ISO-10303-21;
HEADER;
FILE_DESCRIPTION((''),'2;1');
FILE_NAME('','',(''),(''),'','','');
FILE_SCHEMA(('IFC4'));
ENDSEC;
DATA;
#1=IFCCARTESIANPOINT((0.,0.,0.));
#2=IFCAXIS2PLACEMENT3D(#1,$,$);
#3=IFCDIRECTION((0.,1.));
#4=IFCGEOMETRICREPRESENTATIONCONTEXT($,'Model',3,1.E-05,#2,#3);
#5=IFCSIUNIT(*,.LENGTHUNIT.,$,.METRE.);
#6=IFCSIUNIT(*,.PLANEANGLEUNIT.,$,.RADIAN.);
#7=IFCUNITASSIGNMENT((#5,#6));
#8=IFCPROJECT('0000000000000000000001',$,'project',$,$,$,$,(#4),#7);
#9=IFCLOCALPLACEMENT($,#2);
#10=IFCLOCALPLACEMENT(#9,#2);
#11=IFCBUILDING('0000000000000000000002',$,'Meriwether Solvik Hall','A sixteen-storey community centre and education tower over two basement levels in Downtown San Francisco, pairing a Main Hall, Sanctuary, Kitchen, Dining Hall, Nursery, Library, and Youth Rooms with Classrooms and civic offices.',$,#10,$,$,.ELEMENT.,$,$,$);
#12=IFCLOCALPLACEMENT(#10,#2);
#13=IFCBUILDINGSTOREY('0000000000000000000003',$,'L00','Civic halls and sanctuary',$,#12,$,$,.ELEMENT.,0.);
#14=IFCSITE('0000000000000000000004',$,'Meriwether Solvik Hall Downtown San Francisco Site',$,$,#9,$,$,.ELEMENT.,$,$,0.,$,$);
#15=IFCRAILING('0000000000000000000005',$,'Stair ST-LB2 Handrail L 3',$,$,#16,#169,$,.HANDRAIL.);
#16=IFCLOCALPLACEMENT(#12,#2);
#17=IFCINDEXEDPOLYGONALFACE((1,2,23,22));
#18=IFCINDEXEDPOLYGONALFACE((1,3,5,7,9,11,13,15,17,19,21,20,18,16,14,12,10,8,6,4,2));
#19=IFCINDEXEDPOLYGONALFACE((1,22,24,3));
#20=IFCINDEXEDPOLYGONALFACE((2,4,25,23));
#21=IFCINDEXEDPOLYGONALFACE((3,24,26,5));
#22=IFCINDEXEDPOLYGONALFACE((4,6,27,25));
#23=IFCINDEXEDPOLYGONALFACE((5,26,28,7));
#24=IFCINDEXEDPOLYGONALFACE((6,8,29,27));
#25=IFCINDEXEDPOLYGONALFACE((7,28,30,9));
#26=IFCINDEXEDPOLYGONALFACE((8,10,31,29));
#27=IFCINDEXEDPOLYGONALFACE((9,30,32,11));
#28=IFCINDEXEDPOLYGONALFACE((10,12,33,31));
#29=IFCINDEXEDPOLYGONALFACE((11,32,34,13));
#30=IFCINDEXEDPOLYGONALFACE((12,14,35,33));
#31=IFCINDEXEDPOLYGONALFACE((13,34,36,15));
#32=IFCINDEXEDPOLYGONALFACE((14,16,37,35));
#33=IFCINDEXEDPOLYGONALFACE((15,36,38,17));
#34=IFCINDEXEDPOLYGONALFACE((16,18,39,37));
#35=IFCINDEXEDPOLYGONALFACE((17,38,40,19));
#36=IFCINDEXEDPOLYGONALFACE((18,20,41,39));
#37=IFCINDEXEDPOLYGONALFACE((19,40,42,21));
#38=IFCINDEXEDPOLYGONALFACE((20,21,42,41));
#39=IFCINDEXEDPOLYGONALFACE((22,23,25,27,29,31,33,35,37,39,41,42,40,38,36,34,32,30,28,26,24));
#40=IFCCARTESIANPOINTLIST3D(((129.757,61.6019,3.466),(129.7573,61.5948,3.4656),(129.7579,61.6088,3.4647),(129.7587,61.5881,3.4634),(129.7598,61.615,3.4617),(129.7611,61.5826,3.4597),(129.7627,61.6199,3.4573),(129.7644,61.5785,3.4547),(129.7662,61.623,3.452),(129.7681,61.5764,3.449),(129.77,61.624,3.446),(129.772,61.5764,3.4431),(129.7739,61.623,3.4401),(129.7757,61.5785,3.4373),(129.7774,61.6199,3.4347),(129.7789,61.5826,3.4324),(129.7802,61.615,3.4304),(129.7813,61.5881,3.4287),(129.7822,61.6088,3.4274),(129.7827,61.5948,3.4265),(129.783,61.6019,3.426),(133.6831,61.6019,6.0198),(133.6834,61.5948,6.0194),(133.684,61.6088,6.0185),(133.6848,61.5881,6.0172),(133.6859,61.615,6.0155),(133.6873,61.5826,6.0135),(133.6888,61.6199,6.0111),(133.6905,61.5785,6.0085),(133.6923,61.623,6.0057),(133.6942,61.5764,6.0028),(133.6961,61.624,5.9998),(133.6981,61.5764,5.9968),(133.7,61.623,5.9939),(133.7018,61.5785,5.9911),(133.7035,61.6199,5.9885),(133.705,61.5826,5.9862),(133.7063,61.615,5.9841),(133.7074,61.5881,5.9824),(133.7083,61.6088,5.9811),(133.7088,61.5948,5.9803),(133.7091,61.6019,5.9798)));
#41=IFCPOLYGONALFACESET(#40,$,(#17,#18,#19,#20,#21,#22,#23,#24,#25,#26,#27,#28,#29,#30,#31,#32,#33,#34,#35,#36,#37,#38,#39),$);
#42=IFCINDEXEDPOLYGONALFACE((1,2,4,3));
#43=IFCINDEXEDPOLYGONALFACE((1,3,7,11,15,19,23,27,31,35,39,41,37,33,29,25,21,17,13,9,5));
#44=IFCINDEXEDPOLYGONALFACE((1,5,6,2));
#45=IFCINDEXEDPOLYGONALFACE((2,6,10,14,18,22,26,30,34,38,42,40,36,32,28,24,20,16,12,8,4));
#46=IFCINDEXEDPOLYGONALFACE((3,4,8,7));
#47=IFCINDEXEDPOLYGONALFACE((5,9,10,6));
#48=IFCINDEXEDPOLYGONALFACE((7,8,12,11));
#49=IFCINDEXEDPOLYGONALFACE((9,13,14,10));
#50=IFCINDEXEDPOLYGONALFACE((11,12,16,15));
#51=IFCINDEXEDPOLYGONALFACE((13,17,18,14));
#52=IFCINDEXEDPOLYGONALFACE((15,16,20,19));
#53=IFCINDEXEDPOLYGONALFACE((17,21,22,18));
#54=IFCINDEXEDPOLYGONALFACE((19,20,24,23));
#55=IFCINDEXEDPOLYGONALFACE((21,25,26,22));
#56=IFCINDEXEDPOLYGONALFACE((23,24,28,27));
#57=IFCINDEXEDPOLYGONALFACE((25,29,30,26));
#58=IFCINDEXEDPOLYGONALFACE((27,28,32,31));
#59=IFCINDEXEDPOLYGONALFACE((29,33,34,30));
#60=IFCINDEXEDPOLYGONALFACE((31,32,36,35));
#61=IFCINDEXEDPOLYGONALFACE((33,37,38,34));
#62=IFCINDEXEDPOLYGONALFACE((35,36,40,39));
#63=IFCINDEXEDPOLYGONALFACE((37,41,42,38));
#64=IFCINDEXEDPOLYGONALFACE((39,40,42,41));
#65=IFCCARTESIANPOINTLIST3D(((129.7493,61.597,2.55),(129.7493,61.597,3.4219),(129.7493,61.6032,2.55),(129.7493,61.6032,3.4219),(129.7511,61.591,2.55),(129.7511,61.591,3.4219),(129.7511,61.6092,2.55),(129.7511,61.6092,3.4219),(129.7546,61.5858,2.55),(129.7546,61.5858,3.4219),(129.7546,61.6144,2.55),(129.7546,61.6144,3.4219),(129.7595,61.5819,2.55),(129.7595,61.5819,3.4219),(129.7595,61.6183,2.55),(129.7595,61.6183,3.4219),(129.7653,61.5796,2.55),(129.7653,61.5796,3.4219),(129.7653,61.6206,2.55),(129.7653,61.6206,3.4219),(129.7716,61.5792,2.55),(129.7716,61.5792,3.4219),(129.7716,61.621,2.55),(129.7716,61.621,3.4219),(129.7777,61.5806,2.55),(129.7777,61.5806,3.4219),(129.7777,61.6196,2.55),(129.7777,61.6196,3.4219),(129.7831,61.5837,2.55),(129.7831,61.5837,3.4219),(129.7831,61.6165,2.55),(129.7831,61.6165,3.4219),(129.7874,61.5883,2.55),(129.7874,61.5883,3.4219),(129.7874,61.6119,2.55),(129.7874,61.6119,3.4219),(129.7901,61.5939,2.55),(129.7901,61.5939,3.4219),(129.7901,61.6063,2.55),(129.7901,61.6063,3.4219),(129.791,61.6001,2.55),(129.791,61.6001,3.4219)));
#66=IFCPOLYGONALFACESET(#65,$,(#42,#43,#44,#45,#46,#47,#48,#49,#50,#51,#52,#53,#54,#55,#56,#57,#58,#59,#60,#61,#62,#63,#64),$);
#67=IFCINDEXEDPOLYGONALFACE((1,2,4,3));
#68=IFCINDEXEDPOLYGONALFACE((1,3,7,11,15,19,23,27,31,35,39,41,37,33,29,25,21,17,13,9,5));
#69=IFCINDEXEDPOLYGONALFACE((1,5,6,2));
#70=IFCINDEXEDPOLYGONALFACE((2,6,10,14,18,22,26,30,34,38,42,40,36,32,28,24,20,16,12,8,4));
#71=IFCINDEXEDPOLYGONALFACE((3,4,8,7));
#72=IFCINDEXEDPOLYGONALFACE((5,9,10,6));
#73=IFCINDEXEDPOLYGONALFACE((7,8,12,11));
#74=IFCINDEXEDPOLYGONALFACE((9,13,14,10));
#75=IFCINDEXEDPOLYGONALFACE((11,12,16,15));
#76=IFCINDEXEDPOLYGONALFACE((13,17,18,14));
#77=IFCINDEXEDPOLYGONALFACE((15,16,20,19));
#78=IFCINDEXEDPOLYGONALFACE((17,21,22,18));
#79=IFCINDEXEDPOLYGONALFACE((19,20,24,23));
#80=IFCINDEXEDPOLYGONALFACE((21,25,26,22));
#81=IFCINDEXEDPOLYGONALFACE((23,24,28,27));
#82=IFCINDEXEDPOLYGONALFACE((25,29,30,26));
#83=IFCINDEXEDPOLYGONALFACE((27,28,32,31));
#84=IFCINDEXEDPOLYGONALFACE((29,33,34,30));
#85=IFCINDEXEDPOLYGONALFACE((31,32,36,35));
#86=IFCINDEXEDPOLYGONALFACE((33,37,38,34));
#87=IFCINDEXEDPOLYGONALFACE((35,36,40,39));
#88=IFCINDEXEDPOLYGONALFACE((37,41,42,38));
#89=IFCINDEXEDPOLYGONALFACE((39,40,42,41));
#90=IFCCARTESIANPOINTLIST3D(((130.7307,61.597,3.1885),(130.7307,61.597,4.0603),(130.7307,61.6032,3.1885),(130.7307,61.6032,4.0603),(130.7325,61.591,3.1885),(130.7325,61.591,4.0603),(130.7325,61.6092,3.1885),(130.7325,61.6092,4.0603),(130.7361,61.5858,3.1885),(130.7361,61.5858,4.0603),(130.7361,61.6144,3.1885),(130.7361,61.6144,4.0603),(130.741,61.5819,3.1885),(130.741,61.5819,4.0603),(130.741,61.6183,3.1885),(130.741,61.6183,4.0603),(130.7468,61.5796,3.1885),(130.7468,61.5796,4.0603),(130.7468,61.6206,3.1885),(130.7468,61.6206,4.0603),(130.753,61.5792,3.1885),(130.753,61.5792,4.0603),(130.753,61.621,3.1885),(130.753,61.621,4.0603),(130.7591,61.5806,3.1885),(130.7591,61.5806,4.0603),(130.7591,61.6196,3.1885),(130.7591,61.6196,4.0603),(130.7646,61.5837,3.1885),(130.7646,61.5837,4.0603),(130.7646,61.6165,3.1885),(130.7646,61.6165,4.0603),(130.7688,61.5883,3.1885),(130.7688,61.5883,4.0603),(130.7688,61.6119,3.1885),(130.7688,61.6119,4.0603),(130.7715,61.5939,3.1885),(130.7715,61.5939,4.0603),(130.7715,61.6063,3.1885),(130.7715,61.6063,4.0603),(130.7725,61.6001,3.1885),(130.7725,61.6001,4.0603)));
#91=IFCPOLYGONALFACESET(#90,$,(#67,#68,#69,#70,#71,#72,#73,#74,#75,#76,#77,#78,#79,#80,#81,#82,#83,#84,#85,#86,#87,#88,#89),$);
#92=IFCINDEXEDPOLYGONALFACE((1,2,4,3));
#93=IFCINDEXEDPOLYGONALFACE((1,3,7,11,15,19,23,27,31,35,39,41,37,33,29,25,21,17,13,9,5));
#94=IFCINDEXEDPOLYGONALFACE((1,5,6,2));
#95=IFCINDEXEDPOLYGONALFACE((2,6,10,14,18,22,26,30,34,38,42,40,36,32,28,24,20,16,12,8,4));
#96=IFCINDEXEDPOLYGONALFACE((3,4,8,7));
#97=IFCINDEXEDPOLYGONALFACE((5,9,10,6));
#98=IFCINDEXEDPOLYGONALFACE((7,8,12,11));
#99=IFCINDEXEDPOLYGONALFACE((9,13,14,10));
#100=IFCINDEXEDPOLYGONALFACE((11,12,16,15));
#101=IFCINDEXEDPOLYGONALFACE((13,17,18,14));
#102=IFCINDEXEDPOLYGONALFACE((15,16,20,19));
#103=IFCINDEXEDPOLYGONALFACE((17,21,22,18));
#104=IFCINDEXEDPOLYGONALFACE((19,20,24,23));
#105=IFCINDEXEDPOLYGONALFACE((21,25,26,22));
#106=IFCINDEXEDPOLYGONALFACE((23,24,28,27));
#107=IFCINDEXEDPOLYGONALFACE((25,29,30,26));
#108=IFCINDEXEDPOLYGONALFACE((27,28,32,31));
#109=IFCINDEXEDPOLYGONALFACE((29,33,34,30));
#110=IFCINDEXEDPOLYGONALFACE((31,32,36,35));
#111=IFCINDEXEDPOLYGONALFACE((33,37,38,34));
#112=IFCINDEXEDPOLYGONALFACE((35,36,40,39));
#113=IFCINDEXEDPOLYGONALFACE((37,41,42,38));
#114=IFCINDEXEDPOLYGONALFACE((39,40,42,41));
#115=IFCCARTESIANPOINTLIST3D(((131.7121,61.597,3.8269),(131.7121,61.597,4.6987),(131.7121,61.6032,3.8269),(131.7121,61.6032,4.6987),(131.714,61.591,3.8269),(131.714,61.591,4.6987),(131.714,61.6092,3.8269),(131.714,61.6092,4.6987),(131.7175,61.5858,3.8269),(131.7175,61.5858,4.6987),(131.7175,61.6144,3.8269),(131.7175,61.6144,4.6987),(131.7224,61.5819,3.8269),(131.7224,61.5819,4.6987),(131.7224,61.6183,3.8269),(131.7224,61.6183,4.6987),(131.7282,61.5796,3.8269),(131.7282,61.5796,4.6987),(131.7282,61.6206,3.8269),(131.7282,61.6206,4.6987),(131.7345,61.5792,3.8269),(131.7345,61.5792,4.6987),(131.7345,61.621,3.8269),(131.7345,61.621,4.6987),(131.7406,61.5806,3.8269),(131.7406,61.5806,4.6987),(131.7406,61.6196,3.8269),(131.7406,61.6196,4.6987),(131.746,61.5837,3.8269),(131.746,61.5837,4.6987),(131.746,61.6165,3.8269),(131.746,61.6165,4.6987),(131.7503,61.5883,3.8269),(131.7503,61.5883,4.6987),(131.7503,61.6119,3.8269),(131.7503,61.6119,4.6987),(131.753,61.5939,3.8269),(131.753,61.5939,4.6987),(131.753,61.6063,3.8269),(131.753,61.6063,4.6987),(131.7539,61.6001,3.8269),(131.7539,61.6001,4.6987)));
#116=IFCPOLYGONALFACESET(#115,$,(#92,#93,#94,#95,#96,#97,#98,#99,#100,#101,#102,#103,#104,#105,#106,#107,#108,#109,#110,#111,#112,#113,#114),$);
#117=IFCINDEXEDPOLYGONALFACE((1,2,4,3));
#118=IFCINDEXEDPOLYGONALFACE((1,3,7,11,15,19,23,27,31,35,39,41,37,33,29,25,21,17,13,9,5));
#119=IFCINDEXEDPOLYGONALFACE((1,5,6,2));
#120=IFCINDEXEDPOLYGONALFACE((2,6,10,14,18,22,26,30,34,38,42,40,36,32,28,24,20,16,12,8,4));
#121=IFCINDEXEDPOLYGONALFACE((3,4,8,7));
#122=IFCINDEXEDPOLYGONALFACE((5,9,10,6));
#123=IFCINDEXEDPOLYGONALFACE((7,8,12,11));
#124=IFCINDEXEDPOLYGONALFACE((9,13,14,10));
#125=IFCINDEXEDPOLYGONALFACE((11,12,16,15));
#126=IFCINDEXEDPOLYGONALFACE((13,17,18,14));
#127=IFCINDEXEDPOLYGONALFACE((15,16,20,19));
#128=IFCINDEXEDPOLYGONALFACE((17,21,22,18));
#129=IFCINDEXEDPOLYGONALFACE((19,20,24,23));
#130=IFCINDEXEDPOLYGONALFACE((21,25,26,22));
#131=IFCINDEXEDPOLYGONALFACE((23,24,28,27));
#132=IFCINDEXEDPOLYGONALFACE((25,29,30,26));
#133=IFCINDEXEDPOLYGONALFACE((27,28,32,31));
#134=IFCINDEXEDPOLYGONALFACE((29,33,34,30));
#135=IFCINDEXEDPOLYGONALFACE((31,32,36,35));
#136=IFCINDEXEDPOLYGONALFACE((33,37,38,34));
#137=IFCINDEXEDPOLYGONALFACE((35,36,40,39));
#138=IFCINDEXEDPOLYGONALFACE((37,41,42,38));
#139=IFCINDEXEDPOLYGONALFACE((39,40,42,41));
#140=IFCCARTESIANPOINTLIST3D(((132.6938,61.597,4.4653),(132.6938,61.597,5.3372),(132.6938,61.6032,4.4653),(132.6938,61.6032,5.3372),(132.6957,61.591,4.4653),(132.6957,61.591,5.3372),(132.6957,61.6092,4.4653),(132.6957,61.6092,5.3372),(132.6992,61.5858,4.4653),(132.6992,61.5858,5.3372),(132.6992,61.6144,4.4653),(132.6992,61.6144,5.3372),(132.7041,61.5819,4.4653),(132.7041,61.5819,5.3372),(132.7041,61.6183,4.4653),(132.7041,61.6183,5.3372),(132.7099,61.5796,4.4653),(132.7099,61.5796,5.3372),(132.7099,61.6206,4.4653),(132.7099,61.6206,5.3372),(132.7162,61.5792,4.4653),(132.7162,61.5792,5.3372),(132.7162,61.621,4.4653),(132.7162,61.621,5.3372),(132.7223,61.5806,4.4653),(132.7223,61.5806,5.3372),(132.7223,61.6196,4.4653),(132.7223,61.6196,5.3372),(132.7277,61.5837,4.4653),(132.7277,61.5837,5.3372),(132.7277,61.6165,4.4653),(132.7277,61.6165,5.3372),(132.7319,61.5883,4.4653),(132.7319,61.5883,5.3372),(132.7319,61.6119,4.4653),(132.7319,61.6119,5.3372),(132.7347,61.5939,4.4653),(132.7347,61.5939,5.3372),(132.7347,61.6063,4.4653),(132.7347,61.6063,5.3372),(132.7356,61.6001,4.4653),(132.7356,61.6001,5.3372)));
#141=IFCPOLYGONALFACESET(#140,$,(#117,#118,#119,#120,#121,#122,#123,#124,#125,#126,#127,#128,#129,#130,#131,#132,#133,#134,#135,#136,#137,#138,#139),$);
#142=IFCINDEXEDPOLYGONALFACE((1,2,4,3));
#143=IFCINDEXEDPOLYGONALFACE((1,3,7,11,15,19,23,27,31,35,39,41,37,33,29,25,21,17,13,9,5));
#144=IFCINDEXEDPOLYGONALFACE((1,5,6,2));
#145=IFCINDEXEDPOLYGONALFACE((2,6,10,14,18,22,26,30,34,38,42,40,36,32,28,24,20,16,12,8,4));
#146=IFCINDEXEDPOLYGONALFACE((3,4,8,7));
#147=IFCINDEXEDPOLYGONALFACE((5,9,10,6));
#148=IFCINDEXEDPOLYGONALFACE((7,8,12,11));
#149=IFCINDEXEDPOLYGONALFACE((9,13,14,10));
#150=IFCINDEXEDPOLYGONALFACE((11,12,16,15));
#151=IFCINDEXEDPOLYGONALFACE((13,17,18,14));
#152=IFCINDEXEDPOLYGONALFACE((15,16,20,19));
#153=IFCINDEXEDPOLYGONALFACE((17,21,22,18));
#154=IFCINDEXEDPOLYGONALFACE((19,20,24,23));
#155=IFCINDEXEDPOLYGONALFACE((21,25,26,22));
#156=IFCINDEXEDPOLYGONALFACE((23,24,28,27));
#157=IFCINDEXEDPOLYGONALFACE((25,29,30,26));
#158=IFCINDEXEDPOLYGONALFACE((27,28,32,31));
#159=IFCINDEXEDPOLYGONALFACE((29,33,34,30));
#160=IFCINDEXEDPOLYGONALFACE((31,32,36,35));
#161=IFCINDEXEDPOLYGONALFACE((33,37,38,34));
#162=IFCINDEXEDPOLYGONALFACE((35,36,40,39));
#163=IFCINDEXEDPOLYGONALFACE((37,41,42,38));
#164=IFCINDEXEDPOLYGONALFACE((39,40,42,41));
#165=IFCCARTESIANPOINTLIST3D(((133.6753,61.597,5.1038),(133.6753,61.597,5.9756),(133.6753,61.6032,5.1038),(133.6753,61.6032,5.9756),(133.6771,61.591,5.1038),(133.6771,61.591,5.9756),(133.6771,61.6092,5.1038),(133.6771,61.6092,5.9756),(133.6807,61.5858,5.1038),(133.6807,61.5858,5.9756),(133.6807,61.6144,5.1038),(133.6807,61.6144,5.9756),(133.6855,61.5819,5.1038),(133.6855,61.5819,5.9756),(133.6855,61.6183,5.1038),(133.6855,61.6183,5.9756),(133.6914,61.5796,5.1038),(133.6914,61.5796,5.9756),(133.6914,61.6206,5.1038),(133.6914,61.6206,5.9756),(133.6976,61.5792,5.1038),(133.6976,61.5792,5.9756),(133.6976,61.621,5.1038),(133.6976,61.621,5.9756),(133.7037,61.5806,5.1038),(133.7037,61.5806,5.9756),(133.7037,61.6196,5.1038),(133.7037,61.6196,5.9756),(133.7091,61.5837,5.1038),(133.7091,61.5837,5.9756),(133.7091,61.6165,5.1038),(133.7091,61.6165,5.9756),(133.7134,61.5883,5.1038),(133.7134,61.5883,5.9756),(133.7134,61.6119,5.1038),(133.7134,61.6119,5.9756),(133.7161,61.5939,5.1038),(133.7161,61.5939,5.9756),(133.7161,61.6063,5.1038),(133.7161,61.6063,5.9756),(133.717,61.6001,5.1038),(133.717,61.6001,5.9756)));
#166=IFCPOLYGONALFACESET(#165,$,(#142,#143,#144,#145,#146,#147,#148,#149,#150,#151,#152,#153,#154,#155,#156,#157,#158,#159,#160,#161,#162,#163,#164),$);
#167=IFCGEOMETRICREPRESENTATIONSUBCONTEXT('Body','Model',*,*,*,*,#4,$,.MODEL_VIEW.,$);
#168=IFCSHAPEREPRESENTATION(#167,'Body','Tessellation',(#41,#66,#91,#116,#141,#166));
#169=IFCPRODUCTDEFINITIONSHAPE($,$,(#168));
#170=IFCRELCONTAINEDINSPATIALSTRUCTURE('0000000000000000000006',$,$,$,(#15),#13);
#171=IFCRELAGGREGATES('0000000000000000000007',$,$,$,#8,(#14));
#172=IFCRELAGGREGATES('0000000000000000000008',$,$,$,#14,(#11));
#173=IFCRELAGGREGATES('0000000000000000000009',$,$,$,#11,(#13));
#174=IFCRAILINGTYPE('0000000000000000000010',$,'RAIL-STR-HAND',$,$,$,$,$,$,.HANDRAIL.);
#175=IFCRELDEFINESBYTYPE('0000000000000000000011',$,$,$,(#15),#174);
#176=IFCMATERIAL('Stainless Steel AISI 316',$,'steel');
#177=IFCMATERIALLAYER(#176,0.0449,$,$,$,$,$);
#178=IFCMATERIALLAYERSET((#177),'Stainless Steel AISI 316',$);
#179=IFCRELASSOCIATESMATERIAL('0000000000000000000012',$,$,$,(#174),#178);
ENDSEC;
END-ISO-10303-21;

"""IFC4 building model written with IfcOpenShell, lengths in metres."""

from ifc_helpers import new_model, si_unit, direction, frame, origin, origin_2d, place, context, subcontext, project, spatial, circle, extrude, material, layer, layer_set, type_object, element, save


model = new_model("IFC4")

# Units and contexts
model_context = context("Model", 3, precision=1e-05, world=origin(), true_north=direction((0.0, 1.0)))
body_context = subcontext(model_context, "Body", "Model", "MODEL_VIEW")
ifc_project = project(units=[si_unit("LENGTHUNIT", "METRE"), si_unit("PLANEANGLEUNIT", "RADIAN")], contexts=[model_context])

# Site, building, storey
site_placement = place(None, origin())
site = spatial("IfcSite", under=ifc_project, at=site_placement, Name="Meriwether Solvik Hall Downtown San Francisco Site", CompositionType="ELEMENT", RefElevation=0.0)
building_placement = place(site_placement, origin())
building = spatial("IfcBuilding", under=site, at=building_placement, Name="Meriwether Solvik Hall", Description="A sixteen-storey community centre and education tower over two basement levels in Downtown San Francisco, pairing a Main Hall, Sanctuary, Kitchen, Dining Hall, Nursery, Library, and Youth Rooms with Classrooms and civic offices.", CompositionType="ELEMENT")
storey_placement = place(building_placement, origin())
storey = spatial("IfcBuildingStorey", under=building, at=storey_placement, Name="L00", Description="Civic halls and sanctuary", CompositionType="ELEMENT", Elevation=0.0)

# Railing
ifc_material_1 = material(Name="Stainless Steel AISI 316", Category="steel")
ifc_layer_1 = layer(ifc_material_1, 0.0449)
ifc_layer_set_1 = layer_set([ifc_layer_1], Name="Stainless Steel AISI 316")
railing_type_1 = type_object("IfcRailingType", Name="RAIL-STR-HAND", PredefinedType="HANDRAIL", material=ifc_layer_set_1)
railing_1_placement = place(storey_placement, frame((129.77, 61.6001, 2.55)))
element("IfcRailing", 1, at=railing_1_placement, inside=storey, type_object=railing_type_1, Name="Stair ST-LB2 Handrail L 3", PredefinedType="HANDRAIL", context=body_context, shape_type="SweptSolid", body=[
    extrude(circle(Radius=0.0239, at=origin_2d()), frame((0.0, 0.0, 0.896), z_axis=(0.838269, 0.0, 0.545258), x_axis=(0.0, 1.0, 0.0)), (0.0, 0.0, 1.0), 4.6836),
    extrude(circle(Radius=0.021, at=origin_2d()), origin(), (0.0, 0.0, 1.0), 0.8718),
    extrude(circle(Radius=0.021, at=origin_2d()), frame((0.9814, 0.0, 0.6384)), (0.0, 0.0, 1.0), 0.8718),
    extrude(circle(Radius=0.021, at=origin_2d()), frame((1.9629, 0.0, 1.2769)), (0.0, 0.0, 1.0), 0.8718),
    extrude(circle(Radius=0.021, at=origin_2d()), frame((2.9446, 0.0, 1.9153)), (0.0, 0.0, 1.0), 0.8718),
    extrude(circle(Radius=0.021, at=origin_2d()), frame((3.926, 0.0, 2.5537)), (0.0, 0.0, 1.0), 0.8718),
])

save(model, "model.ifc")
